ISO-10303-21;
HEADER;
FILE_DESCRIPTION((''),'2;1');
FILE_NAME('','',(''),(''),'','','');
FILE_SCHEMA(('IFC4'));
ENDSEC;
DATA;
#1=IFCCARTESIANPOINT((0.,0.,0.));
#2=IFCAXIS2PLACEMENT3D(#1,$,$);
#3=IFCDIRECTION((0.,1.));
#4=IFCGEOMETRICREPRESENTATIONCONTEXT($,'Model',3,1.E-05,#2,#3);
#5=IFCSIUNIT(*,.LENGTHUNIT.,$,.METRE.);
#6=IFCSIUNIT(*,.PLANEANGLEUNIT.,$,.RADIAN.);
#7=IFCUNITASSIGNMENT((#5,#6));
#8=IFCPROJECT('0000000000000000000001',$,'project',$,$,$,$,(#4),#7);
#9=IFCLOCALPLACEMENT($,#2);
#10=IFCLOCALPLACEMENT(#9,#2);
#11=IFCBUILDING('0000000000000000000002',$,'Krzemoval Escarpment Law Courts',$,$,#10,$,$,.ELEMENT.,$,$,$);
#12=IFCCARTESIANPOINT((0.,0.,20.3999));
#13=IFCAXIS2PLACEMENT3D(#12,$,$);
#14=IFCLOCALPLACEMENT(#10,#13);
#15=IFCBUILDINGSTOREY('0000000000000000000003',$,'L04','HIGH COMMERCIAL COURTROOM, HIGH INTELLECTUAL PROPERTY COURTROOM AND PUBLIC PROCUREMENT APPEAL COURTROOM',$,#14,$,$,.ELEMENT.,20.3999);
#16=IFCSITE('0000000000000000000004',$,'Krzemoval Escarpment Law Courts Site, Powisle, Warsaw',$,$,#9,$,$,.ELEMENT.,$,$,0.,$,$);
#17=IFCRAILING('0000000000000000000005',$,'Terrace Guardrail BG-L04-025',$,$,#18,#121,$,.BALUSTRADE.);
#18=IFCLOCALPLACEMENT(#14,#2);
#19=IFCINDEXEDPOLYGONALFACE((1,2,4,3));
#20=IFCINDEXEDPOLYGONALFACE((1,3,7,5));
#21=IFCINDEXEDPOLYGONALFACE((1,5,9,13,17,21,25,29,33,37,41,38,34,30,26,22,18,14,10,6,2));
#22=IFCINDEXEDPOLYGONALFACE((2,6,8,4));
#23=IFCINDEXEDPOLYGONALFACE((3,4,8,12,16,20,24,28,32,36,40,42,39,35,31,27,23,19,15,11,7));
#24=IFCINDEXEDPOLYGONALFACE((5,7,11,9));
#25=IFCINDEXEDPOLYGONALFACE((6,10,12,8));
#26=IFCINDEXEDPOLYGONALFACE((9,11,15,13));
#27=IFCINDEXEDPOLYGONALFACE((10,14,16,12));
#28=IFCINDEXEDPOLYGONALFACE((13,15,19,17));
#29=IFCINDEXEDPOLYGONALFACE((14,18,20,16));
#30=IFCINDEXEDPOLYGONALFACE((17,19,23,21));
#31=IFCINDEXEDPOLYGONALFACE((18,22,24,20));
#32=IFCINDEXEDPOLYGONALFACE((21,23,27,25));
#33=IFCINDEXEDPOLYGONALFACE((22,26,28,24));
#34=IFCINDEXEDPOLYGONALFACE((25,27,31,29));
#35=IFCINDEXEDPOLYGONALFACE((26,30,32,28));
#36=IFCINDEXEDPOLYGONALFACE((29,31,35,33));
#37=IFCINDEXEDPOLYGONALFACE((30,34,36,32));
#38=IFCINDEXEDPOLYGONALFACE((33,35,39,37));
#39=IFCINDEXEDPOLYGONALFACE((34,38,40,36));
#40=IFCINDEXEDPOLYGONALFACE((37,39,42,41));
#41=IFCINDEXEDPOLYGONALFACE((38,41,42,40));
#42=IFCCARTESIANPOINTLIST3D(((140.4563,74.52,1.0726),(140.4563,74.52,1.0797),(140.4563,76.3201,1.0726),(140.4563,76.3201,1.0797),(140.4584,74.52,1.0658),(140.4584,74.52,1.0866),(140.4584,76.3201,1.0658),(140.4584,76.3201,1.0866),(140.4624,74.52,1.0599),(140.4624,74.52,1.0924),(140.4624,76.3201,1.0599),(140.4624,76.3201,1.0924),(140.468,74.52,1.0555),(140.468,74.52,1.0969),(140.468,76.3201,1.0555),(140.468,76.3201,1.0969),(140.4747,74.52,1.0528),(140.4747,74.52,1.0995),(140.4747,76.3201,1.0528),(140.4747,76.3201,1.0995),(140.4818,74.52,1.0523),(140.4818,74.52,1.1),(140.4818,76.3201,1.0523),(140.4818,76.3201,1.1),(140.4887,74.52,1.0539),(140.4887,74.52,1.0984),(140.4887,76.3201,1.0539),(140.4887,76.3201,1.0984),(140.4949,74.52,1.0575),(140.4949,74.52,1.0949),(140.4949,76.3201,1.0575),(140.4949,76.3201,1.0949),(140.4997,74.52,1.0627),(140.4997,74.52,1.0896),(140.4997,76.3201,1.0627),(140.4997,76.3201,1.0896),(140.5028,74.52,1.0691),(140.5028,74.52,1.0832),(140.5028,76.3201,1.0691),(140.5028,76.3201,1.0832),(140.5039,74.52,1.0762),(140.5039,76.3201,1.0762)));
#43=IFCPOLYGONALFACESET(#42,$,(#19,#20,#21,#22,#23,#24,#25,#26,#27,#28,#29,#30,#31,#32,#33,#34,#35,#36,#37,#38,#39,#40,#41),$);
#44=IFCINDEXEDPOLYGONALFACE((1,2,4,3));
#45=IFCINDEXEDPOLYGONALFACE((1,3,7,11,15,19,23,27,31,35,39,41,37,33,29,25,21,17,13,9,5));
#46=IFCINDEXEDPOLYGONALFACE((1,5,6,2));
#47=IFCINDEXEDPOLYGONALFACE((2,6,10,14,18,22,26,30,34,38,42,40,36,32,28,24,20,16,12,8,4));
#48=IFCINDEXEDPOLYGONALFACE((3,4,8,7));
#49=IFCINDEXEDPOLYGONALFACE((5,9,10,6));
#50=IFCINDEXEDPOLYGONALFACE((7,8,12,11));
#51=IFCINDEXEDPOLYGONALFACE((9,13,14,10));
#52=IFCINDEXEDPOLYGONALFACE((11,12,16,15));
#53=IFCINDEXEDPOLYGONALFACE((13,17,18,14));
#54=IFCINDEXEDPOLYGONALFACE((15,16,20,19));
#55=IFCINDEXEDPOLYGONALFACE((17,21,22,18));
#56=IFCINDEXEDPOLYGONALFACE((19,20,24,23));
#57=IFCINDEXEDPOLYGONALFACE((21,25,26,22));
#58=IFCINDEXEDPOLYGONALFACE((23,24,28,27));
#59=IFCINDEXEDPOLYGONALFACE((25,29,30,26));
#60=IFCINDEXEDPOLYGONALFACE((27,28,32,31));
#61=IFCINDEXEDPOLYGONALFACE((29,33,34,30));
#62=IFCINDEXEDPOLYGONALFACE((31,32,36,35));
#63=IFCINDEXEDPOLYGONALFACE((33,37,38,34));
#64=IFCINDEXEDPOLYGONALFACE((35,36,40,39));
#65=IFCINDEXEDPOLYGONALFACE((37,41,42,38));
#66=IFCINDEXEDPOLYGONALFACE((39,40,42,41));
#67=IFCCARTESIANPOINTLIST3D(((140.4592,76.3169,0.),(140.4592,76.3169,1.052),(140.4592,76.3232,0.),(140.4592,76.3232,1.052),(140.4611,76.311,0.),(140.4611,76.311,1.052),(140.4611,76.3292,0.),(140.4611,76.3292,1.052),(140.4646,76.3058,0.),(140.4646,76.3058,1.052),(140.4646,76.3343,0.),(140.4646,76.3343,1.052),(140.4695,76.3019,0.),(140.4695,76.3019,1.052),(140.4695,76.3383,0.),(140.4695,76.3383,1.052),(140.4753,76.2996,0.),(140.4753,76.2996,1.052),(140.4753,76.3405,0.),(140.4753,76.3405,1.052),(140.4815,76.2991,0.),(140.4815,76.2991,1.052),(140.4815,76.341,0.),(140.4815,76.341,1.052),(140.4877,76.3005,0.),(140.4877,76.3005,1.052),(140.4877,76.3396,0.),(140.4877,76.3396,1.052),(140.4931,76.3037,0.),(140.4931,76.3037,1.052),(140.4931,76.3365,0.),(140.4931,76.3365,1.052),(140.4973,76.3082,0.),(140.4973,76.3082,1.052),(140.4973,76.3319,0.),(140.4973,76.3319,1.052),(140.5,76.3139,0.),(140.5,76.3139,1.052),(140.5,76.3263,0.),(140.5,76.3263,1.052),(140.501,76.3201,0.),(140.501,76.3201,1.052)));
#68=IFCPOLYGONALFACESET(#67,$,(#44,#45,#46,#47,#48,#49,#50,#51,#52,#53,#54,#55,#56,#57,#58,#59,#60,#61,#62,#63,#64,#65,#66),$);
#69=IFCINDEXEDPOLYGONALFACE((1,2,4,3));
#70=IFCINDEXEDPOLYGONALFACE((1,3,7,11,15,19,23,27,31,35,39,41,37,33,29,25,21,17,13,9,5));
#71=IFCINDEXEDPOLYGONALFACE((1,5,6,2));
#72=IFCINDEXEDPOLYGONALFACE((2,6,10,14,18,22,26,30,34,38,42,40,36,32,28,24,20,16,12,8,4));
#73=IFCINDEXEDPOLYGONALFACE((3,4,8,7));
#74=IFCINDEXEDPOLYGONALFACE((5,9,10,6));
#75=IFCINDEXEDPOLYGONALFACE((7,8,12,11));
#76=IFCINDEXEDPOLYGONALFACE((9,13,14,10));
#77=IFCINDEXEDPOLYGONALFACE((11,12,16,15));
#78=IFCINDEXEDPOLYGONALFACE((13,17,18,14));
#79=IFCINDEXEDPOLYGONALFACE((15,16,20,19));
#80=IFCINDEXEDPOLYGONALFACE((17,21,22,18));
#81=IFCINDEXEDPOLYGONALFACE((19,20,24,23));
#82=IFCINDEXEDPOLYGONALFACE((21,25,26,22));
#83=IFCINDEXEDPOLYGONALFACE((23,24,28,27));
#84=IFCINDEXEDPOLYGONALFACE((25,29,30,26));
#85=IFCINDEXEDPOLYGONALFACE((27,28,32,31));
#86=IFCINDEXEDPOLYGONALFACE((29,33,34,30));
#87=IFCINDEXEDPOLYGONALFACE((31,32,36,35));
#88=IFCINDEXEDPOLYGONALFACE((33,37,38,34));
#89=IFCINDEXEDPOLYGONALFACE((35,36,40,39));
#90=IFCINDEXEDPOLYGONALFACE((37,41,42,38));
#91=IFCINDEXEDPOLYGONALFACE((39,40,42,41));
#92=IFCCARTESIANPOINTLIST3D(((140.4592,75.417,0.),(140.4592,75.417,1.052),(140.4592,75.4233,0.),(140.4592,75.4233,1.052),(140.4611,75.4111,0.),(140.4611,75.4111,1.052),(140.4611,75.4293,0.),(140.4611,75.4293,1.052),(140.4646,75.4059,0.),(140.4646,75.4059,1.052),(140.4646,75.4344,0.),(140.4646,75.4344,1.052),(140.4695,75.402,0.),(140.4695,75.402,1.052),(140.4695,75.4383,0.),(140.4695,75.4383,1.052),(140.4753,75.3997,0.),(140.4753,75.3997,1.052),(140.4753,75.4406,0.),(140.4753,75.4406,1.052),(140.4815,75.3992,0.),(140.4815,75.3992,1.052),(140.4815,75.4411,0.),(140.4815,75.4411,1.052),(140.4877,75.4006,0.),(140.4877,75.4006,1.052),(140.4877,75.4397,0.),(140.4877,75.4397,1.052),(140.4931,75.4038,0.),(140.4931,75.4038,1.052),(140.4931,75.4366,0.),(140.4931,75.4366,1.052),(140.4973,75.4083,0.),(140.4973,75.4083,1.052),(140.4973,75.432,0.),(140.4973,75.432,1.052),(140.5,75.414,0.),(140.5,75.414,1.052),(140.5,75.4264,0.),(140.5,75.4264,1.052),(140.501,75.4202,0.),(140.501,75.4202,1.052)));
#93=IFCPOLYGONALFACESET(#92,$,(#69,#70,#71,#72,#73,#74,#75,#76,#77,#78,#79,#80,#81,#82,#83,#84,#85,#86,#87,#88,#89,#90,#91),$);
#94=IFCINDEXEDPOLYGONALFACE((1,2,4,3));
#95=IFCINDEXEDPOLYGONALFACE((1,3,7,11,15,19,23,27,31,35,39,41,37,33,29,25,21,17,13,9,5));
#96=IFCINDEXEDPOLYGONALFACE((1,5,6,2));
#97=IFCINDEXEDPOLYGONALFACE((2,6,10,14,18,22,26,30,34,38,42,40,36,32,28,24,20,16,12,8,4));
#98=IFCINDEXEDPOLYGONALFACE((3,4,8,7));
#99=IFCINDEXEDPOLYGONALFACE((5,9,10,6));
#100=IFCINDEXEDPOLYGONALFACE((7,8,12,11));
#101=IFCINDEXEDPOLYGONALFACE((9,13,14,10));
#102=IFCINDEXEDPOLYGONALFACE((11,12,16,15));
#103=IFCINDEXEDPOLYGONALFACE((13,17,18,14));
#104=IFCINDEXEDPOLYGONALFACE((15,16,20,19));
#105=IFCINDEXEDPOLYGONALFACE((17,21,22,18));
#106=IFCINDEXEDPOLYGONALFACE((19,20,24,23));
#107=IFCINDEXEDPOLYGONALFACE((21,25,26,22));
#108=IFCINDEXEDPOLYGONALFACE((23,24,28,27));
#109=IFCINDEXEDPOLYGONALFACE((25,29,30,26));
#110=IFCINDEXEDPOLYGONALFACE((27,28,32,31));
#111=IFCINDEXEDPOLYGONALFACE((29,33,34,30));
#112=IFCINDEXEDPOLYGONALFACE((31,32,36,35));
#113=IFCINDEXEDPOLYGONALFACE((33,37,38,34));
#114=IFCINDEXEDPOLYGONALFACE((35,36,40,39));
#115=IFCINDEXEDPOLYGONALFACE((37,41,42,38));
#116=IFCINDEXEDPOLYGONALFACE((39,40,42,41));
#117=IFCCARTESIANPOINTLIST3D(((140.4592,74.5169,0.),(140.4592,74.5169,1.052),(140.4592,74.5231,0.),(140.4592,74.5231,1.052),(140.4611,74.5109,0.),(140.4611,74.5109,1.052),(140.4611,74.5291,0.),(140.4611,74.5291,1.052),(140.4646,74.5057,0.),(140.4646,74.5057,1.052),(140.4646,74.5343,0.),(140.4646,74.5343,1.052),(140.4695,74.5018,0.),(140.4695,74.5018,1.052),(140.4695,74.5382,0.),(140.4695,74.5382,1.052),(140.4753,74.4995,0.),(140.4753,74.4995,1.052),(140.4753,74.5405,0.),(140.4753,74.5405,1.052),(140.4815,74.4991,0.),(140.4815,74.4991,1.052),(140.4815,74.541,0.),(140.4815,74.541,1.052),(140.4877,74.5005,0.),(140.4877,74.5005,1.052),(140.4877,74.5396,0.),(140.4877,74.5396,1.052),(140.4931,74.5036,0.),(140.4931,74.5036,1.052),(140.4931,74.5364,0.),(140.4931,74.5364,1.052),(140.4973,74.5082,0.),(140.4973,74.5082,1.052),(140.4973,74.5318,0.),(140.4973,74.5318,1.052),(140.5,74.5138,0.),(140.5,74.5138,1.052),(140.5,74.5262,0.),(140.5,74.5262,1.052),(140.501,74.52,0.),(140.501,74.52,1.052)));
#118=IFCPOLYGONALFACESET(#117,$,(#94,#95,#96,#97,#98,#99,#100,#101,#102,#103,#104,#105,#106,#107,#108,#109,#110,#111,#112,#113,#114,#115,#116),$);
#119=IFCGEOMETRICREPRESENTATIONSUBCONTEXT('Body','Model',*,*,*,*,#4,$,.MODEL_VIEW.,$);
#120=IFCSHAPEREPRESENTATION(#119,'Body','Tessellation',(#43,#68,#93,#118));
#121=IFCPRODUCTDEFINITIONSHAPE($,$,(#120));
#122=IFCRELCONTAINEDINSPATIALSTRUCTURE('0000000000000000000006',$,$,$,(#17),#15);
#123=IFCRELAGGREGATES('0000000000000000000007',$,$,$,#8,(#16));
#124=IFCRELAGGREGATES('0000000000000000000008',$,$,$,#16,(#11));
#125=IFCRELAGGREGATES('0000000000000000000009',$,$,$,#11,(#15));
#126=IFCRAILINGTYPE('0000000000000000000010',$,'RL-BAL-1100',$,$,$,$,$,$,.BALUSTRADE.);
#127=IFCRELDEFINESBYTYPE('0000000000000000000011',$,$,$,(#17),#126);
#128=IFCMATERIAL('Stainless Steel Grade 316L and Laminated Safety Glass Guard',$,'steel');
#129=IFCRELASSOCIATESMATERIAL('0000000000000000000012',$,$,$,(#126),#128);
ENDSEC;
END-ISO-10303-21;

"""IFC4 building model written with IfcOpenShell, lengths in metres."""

from ifc_helpers import new_model, si_unit, direction, frame, origin, origin_2d, place, context, subcontext, project, spatial, circle, extrude, material, type_object, element, save


model = new_model("IFC4")

# Units and contexts
model_context = context("Model", 3, precision=1e-05, world=origin(), true_north=direction((0.0, 1.0)))
body_context = subcontext(model_context, "Body", "Model", "MODEL_VIEW")
ifc_project = project(units=[si_unit("LENGTHUNIT", "METRE"), si_unit("PLANEANGLEUNIT", "RADIAN")], contexts=[model_context])

# Site, building, storey
site_placement = place(None, origin())
site = spatial("IfcSite", under=ifc_project, at=site_placement, Name="Krzemoval Escarpment Law Courts Site, Powisle, Warsaw", CompositionType="ELEMENT", RefElevation=0.0)
building_placement = place(site_placement, origin())
building = spatial("IfcBuilding", under=site, at=building_placement, Name="Krzemoval Escarpment Law Courts", CompositionType="ELEMENT")
storey_placement = place(building_placement, frame((0.0, 0.0, 20.3999)))
storey = spatial("IfcBuildingStorey", under=building, at=storey_placement, Name="L04", Description="HIGH COMMERCIAL COURTROOM, HIGH INTELLECTUAL PROPERTY COURTROOM AND PUBLIC PROCUREMENT APPEAL COURTROOM", CompositionType="ELEMENT", Elevation=20.3999)

# Railing
ifc_material_1 = material(Name="Stainless Steel Grade 316L and Laminated Safety Glass Guard", Category="steel")
railing_type = type_object("IfcRailingType", Name="RL-BAL-1100", PredefinedType="BALUSTRADE", material=ifc_material_1)
railing_1_placement = place(storey_placement, frame((140.48, 76.3201, 0.0)))
element("IfcRailing", 1, at=railing_1_placement, inside=storey, type_object=railing_type, Name="Terrace Guardrail BG-L04-025", PredefinedType="BALUSTRADE", context=body_context, shape_type="SweptSolid", body=[
    extrude(circle(Radius=0.0239, at=origin_2d()), frame((0.0, 0.0, 1.0762), z_axis=(0.0, -1.0, 0.0), x_axis=(1.0, 0.0, 0.0)), (0.0, 0.0, 1.0), 1.8),
    extrude(circle(Radius=0.021, at=origin_2d()), origin(), (0.0, 0.0, 1.0), 1.052),
    extrude(circle(Radius=0.021, at=origin_2d()), frame((0.0, -0.8999, 0.0)), (0.0, 0.0, 1.0), 1.052),
    extrude(circle(Radius=0.021, at=origin_2d()), frame((0.0, -1.8, 0.0)), (0.0, 0.0, 1.0), 1.052),
])

save(model, "model.ifc")
